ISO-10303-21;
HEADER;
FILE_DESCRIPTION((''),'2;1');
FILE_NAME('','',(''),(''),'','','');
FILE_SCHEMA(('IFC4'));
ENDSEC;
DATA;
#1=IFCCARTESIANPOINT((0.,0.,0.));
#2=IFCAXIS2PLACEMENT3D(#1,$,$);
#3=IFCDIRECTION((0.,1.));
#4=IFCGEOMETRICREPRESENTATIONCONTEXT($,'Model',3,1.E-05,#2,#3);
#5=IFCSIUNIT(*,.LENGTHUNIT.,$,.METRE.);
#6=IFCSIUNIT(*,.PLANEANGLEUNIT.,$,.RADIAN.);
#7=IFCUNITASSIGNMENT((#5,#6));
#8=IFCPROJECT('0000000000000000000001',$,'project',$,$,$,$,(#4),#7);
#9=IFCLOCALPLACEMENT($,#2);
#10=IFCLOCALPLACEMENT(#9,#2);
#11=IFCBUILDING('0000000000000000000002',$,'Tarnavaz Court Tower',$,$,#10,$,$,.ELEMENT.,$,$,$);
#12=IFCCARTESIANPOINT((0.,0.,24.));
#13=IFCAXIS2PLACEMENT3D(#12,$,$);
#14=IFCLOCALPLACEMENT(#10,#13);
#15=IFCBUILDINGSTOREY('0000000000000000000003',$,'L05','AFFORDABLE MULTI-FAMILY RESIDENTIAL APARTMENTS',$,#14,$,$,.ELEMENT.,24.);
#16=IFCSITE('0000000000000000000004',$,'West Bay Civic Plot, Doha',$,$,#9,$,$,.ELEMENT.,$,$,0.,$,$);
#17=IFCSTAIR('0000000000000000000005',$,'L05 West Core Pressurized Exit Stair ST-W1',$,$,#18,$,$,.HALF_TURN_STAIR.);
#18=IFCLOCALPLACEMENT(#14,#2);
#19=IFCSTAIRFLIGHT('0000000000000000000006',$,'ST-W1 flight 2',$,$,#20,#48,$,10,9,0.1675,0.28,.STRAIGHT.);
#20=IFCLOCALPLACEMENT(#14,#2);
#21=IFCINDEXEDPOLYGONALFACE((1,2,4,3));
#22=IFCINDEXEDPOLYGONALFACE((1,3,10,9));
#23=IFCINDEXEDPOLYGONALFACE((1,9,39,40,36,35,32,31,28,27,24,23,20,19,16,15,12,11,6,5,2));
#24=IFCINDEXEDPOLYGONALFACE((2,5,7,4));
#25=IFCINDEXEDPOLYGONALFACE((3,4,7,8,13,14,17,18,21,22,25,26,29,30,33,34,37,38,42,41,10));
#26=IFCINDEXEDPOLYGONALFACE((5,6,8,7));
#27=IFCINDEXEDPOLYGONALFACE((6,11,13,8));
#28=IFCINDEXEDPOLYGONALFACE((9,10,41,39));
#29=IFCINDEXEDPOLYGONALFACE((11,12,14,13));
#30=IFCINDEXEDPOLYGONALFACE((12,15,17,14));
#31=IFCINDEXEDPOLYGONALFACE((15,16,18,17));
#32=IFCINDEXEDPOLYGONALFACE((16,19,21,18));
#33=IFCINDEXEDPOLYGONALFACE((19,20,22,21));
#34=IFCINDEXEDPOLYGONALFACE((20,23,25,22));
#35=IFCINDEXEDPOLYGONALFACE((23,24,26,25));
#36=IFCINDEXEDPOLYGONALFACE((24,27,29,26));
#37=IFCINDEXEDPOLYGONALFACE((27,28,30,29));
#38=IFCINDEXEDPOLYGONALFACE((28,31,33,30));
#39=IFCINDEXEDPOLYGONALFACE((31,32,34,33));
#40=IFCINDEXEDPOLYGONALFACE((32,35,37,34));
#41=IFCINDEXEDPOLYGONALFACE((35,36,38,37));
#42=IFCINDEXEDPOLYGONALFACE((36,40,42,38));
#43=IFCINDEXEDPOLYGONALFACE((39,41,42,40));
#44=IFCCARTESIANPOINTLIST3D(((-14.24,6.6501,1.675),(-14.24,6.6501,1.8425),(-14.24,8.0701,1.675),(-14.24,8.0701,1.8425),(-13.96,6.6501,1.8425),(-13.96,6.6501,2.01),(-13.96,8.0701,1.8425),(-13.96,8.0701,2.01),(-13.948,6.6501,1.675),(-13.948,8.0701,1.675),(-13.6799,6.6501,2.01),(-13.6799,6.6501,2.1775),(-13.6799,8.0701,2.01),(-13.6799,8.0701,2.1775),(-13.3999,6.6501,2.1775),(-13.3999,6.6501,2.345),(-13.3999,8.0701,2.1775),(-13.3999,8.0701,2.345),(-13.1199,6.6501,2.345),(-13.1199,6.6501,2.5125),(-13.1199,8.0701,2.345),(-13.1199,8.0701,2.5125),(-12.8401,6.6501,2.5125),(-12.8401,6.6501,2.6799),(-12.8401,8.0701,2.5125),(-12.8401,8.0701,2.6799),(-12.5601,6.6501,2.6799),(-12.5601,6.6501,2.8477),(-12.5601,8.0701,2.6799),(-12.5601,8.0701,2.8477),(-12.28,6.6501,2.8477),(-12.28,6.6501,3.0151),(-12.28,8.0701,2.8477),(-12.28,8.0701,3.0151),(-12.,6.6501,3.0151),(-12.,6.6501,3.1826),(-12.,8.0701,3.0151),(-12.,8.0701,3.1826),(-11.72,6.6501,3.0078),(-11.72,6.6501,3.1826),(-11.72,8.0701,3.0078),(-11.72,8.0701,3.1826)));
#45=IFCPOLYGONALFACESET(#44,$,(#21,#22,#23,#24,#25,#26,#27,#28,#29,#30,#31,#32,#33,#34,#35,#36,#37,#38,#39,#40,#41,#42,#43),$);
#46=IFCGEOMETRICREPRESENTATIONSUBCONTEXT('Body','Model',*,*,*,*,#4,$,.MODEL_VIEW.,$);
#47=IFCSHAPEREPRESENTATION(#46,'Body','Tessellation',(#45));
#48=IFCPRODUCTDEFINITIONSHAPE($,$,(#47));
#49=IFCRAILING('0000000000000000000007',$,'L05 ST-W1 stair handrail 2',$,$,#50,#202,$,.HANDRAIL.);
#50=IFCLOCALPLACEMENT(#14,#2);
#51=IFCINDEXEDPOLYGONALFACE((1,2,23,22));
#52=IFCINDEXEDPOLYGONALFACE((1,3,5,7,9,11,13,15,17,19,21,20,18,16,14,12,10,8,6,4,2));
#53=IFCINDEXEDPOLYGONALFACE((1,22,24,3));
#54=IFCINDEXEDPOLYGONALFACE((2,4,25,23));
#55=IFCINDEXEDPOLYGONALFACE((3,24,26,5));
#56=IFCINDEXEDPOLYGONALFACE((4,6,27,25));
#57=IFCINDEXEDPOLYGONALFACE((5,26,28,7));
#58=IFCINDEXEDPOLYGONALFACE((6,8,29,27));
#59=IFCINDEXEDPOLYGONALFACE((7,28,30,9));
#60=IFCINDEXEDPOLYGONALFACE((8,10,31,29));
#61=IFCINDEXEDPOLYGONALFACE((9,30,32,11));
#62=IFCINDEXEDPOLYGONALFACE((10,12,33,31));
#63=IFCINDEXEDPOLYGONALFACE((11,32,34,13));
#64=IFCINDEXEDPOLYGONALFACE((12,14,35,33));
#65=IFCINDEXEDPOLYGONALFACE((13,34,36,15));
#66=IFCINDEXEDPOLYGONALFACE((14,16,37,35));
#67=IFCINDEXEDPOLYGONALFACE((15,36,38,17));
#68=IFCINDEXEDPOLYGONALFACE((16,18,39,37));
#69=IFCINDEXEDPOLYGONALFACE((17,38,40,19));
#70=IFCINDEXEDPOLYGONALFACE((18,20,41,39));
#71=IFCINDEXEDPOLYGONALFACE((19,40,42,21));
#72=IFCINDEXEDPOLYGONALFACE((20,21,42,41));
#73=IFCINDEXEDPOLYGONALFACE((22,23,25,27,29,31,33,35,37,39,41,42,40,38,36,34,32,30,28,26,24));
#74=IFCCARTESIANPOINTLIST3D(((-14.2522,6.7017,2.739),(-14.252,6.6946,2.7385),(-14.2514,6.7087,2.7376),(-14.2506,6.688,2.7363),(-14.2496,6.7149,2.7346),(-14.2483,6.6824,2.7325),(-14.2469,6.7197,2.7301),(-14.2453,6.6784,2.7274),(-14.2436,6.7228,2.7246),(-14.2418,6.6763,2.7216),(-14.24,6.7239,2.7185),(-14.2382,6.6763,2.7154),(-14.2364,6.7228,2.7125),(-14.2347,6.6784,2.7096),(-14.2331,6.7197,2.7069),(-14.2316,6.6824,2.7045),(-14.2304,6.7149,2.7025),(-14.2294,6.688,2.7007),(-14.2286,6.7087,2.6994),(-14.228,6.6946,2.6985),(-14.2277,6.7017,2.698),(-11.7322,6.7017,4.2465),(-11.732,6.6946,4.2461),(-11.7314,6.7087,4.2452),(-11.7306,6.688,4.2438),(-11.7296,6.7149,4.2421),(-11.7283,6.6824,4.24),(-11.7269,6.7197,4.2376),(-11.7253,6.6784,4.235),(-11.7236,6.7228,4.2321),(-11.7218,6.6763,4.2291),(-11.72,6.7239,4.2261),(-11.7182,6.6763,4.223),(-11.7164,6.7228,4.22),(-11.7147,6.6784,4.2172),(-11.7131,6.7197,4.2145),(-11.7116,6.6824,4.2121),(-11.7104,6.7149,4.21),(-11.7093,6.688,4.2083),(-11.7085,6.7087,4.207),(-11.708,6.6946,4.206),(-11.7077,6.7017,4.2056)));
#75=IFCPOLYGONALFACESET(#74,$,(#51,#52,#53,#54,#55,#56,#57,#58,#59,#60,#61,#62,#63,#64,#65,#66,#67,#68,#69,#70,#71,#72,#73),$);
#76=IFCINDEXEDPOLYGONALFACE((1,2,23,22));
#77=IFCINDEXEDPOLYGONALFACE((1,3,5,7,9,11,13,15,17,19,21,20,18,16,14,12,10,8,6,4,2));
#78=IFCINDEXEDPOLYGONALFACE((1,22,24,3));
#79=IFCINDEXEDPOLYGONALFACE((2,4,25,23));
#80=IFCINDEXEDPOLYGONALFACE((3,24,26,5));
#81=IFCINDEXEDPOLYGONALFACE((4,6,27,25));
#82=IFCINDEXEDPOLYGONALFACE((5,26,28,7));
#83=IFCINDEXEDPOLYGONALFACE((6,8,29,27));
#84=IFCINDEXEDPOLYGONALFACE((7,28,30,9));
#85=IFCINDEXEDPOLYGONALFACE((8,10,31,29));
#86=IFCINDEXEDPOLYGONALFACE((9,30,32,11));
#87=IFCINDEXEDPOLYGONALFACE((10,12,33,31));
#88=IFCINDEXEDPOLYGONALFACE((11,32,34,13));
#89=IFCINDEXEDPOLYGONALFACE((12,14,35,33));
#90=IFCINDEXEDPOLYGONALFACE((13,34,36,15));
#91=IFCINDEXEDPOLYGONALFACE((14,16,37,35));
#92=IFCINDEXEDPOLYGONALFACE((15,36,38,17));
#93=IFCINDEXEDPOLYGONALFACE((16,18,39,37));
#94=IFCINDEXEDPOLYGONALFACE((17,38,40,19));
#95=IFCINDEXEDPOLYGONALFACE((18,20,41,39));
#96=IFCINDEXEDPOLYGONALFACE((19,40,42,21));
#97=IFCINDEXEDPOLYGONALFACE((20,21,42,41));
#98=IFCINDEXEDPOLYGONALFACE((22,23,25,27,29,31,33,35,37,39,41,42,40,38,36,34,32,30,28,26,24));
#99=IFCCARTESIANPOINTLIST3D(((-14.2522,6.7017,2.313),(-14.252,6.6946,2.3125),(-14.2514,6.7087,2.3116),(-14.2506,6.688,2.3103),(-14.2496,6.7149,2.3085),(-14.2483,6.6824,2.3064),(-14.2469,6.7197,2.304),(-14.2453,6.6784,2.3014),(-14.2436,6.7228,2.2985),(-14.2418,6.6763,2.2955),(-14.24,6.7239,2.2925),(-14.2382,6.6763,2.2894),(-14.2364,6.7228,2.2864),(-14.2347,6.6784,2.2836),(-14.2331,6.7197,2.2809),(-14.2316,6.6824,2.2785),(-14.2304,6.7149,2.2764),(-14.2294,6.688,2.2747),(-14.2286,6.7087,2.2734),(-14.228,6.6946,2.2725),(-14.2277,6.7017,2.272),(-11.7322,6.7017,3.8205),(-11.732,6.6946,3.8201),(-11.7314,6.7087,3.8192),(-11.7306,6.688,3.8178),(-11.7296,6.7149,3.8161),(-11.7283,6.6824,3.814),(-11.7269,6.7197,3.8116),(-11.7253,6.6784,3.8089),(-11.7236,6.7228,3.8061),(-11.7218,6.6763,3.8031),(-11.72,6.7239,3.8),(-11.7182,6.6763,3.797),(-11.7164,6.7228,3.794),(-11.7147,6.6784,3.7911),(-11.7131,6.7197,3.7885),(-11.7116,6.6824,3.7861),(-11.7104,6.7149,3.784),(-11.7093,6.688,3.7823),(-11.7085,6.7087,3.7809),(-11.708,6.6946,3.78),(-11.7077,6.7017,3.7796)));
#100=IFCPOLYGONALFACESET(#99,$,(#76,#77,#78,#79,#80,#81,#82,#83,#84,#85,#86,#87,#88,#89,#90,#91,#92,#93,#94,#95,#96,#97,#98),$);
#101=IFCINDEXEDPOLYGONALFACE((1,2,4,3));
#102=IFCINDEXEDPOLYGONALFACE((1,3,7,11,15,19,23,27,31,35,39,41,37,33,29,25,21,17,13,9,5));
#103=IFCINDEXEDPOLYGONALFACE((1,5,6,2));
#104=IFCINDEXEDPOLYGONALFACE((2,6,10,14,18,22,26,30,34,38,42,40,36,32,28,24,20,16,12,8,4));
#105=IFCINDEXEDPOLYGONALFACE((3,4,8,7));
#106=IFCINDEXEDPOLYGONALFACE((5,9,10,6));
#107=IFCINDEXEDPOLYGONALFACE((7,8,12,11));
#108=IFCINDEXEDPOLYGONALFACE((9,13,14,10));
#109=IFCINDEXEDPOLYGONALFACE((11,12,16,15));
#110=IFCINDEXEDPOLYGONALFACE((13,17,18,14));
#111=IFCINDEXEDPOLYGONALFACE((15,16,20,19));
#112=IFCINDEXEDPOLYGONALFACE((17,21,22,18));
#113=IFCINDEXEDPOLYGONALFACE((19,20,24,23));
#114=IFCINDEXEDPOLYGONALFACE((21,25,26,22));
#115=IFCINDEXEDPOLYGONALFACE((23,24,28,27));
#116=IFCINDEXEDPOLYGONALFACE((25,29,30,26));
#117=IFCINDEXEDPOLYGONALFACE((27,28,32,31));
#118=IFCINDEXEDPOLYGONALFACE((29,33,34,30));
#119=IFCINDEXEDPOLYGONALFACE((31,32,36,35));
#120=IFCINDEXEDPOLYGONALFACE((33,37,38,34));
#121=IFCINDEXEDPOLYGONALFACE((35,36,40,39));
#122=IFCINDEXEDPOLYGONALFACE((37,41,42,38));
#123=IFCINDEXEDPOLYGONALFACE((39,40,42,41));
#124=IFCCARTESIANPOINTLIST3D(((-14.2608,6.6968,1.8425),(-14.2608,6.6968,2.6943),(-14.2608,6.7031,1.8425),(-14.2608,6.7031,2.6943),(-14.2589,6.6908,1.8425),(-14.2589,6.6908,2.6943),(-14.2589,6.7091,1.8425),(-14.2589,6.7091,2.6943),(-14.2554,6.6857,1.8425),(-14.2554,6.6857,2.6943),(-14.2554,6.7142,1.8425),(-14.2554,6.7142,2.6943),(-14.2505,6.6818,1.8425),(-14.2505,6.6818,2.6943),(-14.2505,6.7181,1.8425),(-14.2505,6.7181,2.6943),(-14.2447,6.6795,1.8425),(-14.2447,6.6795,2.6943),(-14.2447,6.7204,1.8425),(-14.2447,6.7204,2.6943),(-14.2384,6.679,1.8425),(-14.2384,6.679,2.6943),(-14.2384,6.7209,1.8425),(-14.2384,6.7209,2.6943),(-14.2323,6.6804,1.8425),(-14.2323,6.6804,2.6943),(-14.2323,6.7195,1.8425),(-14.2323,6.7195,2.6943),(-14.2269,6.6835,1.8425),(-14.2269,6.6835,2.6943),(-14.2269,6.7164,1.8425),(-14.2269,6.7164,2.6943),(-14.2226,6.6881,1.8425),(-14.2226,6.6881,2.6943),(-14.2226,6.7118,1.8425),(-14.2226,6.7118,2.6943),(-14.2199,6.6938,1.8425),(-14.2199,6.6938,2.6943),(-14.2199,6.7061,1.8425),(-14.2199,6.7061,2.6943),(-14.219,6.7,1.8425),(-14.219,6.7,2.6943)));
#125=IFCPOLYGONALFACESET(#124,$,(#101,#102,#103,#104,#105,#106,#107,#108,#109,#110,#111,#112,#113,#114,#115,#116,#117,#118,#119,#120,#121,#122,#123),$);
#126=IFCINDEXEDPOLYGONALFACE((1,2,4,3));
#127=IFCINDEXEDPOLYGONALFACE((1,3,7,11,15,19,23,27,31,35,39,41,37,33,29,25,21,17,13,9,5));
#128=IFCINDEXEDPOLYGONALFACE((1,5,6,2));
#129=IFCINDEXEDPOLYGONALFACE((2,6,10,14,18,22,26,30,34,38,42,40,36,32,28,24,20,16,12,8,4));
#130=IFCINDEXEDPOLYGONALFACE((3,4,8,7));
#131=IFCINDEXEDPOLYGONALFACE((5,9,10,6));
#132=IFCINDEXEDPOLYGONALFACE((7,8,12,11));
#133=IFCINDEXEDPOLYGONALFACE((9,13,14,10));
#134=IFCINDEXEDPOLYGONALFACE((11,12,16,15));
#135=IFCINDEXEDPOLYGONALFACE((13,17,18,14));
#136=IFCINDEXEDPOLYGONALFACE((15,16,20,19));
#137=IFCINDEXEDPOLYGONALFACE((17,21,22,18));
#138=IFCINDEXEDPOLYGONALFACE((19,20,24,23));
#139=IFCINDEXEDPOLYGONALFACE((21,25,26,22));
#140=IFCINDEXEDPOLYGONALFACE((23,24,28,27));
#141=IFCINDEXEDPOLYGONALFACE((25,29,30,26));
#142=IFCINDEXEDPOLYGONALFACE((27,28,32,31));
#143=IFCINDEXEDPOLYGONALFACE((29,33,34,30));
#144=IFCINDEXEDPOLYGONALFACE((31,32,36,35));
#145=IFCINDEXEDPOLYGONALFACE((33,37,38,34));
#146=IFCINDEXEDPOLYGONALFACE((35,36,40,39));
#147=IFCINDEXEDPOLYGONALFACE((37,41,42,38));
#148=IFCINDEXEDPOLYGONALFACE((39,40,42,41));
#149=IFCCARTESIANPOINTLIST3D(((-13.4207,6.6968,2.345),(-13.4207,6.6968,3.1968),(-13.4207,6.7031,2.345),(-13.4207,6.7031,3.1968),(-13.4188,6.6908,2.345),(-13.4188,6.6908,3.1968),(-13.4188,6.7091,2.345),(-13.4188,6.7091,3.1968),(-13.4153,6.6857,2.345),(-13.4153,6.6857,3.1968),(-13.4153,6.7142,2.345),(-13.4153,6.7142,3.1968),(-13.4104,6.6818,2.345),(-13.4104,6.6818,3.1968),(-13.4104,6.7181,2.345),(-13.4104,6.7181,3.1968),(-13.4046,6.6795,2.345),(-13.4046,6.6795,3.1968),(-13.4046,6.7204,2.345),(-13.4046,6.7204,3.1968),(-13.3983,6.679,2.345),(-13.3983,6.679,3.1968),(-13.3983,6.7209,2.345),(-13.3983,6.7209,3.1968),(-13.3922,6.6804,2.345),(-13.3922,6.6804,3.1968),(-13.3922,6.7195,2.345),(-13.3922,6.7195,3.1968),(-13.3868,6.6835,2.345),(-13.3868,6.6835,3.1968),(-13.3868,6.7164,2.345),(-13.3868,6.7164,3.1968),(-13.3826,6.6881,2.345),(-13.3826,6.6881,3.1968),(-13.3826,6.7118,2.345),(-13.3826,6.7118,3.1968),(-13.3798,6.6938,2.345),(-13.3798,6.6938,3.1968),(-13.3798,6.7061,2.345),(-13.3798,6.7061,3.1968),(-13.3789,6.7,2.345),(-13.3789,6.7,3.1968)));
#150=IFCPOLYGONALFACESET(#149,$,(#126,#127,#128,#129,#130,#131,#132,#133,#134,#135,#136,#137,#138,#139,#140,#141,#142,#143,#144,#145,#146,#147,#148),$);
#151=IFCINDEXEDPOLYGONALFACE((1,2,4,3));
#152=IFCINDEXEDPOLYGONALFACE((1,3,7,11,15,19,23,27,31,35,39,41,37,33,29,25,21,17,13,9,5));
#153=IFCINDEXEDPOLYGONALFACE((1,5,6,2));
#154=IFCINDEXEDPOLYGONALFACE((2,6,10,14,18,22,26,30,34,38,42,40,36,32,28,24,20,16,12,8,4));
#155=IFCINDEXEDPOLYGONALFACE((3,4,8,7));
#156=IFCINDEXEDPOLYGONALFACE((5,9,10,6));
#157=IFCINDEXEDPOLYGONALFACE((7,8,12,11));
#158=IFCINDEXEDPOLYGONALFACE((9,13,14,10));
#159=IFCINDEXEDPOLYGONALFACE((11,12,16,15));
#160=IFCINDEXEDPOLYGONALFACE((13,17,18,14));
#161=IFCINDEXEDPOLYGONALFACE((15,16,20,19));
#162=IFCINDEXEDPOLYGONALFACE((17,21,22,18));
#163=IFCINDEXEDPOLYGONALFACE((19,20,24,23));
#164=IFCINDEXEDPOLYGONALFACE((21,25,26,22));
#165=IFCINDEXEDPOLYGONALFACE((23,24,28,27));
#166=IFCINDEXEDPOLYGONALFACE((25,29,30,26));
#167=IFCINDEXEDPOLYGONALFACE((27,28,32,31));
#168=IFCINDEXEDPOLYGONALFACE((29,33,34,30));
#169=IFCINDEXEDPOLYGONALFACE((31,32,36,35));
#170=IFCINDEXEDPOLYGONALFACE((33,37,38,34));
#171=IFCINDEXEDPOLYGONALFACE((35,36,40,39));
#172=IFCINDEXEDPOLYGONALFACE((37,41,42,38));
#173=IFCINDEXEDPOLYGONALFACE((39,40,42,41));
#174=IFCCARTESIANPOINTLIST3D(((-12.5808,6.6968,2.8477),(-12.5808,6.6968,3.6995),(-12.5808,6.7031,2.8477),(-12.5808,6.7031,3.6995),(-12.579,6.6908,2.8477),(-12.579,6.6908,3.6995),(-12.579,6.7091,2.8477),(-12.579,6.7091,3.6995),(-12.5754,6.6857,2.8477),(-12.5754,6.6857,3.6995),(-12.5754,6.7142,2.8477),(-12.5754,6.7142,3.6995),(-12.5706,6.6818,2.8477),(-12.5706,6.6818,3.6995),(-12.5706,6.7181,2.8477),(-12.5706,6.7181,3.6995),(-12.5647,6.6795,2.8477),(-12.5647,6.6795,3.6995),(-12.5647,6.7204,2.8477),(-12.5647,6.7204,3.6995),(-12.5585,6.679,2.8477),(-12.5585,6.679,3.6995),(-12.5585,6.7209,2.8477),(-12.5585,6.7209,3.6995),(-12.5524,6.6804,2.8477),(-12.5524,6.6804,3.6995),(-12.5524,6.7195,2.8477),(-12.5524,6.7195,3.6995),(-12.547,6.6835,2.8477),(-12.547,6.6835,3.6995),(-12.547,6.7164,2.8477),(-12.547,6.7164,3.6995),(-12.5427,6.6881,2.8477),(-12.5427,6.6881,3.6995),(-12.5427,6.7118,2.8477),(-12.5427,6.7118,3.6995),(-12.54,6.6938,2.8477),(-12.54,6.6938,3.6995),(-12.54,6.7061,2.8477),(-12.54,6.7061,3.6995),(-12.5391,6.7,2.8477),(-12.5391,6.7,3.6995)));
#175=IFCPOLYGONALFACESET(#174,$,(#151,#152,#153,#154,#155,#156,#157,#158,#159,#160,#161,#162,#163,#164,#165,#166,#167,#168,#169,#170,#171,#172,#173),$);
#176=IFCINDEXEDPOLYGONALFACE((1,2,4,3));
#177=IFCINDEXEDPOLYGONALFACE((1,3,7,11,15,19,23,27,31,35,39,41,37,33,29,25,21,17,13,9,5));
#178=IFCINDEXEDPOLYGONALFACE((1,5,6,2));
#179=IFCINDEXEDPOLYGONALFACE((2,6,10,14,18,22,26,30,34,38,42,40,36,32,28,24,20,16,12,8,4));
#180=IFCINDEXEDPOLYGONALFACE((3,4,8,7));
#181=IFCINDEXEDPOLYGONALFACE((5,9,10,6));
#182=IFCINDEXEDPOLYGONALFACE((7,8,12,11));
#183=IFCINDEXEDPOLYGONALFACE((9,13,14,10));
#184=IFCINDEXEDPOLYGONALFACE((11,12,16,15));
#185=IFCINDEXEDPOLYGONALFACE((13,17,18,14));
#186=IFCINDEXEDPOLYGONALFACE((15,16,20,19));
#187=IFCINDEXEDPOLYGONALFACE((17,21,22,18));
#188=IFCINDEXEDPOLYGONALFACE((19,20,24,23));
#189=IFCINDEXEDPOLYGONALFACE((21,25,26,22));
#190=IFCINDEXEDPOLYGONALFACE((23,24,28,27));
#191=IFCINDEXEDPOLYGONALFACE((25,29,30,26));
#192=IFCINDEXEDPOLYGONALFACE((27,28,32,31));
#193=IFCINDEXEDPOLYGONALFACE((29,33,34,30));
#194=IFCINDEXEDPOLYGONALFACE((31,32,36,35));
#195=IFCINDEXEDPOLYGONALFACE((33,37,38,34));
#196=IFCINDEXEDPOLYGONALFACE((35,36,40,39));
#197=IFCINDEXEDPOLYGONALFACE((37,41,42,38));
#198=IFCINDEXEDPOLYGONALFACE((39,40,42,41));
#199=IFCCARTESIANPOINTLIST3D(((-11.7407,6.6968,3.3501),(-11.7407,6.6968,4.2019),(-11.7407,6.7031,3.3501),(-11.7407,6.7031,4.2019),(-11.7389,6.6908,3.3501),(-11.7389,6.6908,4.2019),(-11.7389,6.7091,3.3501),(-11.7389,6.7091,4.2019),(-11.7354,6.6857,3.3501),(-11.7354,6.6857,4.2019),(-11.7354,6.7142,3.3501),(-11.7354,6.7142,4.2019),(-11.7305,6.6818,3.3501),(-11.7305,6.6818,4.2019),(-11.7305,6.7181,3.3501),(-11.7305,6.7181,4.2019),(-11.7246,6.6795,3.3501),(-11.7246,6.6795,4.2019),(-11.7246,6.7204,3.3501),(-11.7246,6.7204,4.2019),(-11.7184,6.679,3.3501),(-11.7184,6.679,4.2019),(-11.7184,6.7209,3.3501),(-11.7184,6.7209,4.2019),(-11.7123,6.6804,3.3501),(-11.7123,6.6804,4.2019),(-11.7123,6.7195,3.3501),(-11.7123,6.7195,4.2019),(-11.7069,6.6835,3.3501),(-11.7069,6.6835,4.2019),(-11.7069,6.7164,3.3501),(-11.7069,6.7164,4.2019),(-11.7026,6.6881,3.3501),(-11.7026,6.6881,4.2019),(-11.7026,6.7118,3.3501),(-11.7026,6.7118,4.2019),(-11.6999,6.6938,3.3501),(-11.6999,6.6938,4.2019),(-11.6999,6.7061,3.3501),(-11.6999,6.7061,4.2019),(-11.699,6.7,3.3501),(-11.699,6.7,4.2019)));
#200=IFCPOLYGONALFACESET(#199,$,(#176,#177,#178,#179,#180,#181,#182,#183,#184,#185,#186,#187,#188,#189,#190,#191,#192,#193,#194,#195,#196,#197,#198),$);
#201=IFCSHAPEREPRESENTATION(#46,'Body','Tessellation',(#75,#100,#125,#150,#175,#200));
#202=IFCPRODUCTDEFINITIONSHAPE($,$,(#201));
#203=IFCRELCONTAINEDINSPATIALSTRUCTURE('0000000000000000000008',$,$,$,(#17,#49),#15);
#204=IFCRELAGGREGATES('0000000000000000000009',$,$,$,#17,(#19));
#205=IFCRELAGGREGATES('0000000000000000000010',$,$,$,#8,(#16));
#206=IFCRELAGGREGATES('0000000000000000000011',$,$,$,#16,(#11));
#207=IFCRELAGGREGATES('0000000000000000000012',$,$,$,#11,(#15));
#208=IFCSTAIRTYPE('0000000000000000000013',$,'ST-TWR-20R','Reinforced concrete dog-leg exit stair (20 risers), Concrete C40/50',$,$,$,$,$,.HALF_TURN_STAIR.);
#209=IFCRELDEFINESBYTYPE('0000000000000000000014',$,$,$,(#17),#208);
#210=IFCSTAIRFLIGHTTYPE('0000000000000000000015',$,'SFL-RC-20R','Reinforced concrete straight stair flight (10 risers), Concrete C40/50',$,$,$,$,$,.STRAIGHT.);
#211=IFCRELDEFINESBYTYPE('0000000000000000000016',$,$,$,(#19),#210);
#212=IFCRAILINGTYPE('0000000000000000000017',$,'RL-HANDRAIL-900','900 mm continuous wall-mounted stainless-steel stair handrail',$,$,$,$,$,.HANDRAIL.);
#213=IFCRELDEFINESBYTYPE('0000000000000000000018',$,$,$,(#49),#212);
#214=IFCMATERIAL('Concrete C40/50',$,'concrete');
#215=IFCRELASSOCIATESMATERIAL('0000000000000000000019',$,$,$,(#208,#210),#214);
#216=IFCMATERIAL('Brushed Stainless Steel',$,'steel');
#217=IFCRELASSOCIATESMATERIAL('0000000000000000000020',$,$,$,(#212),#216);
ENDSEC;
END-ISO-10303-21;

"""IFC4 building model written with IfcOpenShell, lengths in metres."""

from ifc_helpers import new_model, si_unit, direction, frame, origin, origin_2d, place, context, subcontext, project, spatial, polyline, circle, outline, extrude, material, type_object, element, aggregate, save


model = new_model("IFC4")

# Units and contexts
model_context = context("Model", 3, precision=1e-05, world=origin(), true_north=direction((0.0, 1.0)))
body_context = subcontext(model_context, "Body", "Model", "MODEL_VIEW")
ifc_project = project(units=[si_unit("LENGTHUNIT", "METRE"), si_unit("PLANEANGLEUNIT", "RADIAN")], contexts=[model_context])

# Site, building, storey
site_placement = place(None, origin())
site = spatial("IfcSite", under=ifc_project, at=site_placement, Name="West Bay Civic Plot, Doha", CompositionType="ELEMENT", RefElevation=0.0)
building_placement = place(site_placement, origin())
building = spatial("IfcBuilding", under=site, at=building_placement, Name="Tarnavaz Court Tower", CompositionType="ELEMENT")
storey_placement = place(building_placement, frame((0.0, 0.0, 24.0)))
storey = spatial("IfcBuildingStorey", under=building, at=storey_placement, Name="L05", Description="AFFORDABLE MULTI-FAMILY RESIDENTIAL APARTMENTS", CompositionType="ELEMENT", Elevation=24.0)

# Stair, stair flight
ifc_material_1 = material(Name="Concrete C40/50", Category="concrete")
stair_type = type_object("IfcStairType", Name="ST-TWR-20R", Description="Reinforced concrete dog-leg exit stair (20 risers), Concrete C40/50", PredefinedType="HALF_TURN_STAIR", material=ifc_material_1)
stair_placement = place(storey_placement, origin())
stair = element("IfcStair", 1, at=stair_placement, inside=storey, type_object=stair_type, Name="L05 West Core Pressurized Exit Stair ST-W1", PredefinedType="HALF_TURN_STAIR")
stair_flight_type = type_object("IfcStairFlightType", Name="SFL-RC-20R", Description="Reinforced concrete straight stair flight (10 risers), Concrete C40/50", PredefinedType="STRAIGHT", material=ifc_material_1)
stair_flight_placement = place(storey_placement, frame((-14.24, 7.3601, 1.675), z_axis=(0.0, 0.0, 1.0), x_axis=(1.0, 0.0, 0.0)))
stair_flight = element("IfcStairFlight", 2, at=stair_flight_placement, type_object=stair_flight_type, Name="ST-W1 flight 2", NumberOfRisers=10, NumberOfTreads=9, PredefinedType="STRAIGHT", RiserHeight=0.1675, TreadLength=0.28, context=body_context, shape_type="SweptSolid", body=[
    extrude(outline(polyline([(0.0, 0.0), (0.0, 0.1675), (0.28, 0.1675), (0.28, 0.335), (0.5601, 0.335), (0.5601, 0.5024), (0.8401, 0.5024), (0.8401, 0.6699), (1.1201, 0.6699), (1.1201, 0.8374), (1.3999, 0.8374), (1.3999, 1.0049), (1.6799, 1.0049), (1.6799, 1.1726), (1.96, 1.1726), (1.96, 1.3401), (2.24, 1.3401), (2.24, 1.5076), (2.52, 1.5076), (2.52, 1.675), (2.52, 1.3328), (0.292, 0.0), (0.0, 0.0)])), frame((0.0, 0.71, 0.0), z_axis=(0.0, -1.0, 0.0), x_axis=(1.0, 0.0, 0.0)), (0.0, 0.0, 1.0), 1.4199),
])
aggregate(stair, [stair_flight])

# Railing
ifc_material_2 = material(Name="Brushed Stainless Steel", Category="steel")
railing_type_1 = type_object("IfcRailingType", Name="RL-HANDRAIL-900", Description="900 mm continuous wall-mounted stainless-steel stair handrail", PredefinedType="HANDRAIL", material=ifc_material_2)
railing_1_placement = place(storey_placement, frame((-14.24, 6.7, 1.8425)))
element("IfcRailing", 3, at=railing_1_placement, inside=storey, type_object=railing_type_1, Name="L05 ST-W1 stair handrail 2", PredefinedType="HANDRAIL", context=body_context, shape_type="SweptSolid", body=[
    extrude(circle(Radius=0.0239, at=origin_2d()), frame((0.0, 0.0, 0.876), z_axis=(0.85816, 0.0, 0.513383), x_axis=(0.0, 1.0, 0.0)), (0.0, 0.0, 1.0), 2.9365),
    extrude(circle(Radius=0.0239, at=origin_2d()), frame((0.0, 0.0, 0.45), z_axis=(0.85816, 0.0, 0.513383), x_axis=(0.0, 1.0, 0.0)), (0.0, 0.0, 1.0), 2.9365),
    extrude(circle(Radius=0.021, at=origin_2d()), origin(), (0.0, 0.0, 1.0), 0.8518),
    extrude(circle(Radius=0.021, at=origin_2d()), frame((0.8401, 0.0, 0.5024)), (0.0, 0.0, 1.0), 0.8518),
    extrude(circle(Radius=0.021, at=origin_2d()), frame((1.6799, 0.0, 1.0051)), (0.0, 0.0, 1.0), 0.8518),
    extrude(circle(Radius=0.021, at=origin_2d()), frame((2.52, 0.0, 1.5076)), (0.0, 0.0, 1.0), 0.8518),
])

save(model, "model.ifc")
